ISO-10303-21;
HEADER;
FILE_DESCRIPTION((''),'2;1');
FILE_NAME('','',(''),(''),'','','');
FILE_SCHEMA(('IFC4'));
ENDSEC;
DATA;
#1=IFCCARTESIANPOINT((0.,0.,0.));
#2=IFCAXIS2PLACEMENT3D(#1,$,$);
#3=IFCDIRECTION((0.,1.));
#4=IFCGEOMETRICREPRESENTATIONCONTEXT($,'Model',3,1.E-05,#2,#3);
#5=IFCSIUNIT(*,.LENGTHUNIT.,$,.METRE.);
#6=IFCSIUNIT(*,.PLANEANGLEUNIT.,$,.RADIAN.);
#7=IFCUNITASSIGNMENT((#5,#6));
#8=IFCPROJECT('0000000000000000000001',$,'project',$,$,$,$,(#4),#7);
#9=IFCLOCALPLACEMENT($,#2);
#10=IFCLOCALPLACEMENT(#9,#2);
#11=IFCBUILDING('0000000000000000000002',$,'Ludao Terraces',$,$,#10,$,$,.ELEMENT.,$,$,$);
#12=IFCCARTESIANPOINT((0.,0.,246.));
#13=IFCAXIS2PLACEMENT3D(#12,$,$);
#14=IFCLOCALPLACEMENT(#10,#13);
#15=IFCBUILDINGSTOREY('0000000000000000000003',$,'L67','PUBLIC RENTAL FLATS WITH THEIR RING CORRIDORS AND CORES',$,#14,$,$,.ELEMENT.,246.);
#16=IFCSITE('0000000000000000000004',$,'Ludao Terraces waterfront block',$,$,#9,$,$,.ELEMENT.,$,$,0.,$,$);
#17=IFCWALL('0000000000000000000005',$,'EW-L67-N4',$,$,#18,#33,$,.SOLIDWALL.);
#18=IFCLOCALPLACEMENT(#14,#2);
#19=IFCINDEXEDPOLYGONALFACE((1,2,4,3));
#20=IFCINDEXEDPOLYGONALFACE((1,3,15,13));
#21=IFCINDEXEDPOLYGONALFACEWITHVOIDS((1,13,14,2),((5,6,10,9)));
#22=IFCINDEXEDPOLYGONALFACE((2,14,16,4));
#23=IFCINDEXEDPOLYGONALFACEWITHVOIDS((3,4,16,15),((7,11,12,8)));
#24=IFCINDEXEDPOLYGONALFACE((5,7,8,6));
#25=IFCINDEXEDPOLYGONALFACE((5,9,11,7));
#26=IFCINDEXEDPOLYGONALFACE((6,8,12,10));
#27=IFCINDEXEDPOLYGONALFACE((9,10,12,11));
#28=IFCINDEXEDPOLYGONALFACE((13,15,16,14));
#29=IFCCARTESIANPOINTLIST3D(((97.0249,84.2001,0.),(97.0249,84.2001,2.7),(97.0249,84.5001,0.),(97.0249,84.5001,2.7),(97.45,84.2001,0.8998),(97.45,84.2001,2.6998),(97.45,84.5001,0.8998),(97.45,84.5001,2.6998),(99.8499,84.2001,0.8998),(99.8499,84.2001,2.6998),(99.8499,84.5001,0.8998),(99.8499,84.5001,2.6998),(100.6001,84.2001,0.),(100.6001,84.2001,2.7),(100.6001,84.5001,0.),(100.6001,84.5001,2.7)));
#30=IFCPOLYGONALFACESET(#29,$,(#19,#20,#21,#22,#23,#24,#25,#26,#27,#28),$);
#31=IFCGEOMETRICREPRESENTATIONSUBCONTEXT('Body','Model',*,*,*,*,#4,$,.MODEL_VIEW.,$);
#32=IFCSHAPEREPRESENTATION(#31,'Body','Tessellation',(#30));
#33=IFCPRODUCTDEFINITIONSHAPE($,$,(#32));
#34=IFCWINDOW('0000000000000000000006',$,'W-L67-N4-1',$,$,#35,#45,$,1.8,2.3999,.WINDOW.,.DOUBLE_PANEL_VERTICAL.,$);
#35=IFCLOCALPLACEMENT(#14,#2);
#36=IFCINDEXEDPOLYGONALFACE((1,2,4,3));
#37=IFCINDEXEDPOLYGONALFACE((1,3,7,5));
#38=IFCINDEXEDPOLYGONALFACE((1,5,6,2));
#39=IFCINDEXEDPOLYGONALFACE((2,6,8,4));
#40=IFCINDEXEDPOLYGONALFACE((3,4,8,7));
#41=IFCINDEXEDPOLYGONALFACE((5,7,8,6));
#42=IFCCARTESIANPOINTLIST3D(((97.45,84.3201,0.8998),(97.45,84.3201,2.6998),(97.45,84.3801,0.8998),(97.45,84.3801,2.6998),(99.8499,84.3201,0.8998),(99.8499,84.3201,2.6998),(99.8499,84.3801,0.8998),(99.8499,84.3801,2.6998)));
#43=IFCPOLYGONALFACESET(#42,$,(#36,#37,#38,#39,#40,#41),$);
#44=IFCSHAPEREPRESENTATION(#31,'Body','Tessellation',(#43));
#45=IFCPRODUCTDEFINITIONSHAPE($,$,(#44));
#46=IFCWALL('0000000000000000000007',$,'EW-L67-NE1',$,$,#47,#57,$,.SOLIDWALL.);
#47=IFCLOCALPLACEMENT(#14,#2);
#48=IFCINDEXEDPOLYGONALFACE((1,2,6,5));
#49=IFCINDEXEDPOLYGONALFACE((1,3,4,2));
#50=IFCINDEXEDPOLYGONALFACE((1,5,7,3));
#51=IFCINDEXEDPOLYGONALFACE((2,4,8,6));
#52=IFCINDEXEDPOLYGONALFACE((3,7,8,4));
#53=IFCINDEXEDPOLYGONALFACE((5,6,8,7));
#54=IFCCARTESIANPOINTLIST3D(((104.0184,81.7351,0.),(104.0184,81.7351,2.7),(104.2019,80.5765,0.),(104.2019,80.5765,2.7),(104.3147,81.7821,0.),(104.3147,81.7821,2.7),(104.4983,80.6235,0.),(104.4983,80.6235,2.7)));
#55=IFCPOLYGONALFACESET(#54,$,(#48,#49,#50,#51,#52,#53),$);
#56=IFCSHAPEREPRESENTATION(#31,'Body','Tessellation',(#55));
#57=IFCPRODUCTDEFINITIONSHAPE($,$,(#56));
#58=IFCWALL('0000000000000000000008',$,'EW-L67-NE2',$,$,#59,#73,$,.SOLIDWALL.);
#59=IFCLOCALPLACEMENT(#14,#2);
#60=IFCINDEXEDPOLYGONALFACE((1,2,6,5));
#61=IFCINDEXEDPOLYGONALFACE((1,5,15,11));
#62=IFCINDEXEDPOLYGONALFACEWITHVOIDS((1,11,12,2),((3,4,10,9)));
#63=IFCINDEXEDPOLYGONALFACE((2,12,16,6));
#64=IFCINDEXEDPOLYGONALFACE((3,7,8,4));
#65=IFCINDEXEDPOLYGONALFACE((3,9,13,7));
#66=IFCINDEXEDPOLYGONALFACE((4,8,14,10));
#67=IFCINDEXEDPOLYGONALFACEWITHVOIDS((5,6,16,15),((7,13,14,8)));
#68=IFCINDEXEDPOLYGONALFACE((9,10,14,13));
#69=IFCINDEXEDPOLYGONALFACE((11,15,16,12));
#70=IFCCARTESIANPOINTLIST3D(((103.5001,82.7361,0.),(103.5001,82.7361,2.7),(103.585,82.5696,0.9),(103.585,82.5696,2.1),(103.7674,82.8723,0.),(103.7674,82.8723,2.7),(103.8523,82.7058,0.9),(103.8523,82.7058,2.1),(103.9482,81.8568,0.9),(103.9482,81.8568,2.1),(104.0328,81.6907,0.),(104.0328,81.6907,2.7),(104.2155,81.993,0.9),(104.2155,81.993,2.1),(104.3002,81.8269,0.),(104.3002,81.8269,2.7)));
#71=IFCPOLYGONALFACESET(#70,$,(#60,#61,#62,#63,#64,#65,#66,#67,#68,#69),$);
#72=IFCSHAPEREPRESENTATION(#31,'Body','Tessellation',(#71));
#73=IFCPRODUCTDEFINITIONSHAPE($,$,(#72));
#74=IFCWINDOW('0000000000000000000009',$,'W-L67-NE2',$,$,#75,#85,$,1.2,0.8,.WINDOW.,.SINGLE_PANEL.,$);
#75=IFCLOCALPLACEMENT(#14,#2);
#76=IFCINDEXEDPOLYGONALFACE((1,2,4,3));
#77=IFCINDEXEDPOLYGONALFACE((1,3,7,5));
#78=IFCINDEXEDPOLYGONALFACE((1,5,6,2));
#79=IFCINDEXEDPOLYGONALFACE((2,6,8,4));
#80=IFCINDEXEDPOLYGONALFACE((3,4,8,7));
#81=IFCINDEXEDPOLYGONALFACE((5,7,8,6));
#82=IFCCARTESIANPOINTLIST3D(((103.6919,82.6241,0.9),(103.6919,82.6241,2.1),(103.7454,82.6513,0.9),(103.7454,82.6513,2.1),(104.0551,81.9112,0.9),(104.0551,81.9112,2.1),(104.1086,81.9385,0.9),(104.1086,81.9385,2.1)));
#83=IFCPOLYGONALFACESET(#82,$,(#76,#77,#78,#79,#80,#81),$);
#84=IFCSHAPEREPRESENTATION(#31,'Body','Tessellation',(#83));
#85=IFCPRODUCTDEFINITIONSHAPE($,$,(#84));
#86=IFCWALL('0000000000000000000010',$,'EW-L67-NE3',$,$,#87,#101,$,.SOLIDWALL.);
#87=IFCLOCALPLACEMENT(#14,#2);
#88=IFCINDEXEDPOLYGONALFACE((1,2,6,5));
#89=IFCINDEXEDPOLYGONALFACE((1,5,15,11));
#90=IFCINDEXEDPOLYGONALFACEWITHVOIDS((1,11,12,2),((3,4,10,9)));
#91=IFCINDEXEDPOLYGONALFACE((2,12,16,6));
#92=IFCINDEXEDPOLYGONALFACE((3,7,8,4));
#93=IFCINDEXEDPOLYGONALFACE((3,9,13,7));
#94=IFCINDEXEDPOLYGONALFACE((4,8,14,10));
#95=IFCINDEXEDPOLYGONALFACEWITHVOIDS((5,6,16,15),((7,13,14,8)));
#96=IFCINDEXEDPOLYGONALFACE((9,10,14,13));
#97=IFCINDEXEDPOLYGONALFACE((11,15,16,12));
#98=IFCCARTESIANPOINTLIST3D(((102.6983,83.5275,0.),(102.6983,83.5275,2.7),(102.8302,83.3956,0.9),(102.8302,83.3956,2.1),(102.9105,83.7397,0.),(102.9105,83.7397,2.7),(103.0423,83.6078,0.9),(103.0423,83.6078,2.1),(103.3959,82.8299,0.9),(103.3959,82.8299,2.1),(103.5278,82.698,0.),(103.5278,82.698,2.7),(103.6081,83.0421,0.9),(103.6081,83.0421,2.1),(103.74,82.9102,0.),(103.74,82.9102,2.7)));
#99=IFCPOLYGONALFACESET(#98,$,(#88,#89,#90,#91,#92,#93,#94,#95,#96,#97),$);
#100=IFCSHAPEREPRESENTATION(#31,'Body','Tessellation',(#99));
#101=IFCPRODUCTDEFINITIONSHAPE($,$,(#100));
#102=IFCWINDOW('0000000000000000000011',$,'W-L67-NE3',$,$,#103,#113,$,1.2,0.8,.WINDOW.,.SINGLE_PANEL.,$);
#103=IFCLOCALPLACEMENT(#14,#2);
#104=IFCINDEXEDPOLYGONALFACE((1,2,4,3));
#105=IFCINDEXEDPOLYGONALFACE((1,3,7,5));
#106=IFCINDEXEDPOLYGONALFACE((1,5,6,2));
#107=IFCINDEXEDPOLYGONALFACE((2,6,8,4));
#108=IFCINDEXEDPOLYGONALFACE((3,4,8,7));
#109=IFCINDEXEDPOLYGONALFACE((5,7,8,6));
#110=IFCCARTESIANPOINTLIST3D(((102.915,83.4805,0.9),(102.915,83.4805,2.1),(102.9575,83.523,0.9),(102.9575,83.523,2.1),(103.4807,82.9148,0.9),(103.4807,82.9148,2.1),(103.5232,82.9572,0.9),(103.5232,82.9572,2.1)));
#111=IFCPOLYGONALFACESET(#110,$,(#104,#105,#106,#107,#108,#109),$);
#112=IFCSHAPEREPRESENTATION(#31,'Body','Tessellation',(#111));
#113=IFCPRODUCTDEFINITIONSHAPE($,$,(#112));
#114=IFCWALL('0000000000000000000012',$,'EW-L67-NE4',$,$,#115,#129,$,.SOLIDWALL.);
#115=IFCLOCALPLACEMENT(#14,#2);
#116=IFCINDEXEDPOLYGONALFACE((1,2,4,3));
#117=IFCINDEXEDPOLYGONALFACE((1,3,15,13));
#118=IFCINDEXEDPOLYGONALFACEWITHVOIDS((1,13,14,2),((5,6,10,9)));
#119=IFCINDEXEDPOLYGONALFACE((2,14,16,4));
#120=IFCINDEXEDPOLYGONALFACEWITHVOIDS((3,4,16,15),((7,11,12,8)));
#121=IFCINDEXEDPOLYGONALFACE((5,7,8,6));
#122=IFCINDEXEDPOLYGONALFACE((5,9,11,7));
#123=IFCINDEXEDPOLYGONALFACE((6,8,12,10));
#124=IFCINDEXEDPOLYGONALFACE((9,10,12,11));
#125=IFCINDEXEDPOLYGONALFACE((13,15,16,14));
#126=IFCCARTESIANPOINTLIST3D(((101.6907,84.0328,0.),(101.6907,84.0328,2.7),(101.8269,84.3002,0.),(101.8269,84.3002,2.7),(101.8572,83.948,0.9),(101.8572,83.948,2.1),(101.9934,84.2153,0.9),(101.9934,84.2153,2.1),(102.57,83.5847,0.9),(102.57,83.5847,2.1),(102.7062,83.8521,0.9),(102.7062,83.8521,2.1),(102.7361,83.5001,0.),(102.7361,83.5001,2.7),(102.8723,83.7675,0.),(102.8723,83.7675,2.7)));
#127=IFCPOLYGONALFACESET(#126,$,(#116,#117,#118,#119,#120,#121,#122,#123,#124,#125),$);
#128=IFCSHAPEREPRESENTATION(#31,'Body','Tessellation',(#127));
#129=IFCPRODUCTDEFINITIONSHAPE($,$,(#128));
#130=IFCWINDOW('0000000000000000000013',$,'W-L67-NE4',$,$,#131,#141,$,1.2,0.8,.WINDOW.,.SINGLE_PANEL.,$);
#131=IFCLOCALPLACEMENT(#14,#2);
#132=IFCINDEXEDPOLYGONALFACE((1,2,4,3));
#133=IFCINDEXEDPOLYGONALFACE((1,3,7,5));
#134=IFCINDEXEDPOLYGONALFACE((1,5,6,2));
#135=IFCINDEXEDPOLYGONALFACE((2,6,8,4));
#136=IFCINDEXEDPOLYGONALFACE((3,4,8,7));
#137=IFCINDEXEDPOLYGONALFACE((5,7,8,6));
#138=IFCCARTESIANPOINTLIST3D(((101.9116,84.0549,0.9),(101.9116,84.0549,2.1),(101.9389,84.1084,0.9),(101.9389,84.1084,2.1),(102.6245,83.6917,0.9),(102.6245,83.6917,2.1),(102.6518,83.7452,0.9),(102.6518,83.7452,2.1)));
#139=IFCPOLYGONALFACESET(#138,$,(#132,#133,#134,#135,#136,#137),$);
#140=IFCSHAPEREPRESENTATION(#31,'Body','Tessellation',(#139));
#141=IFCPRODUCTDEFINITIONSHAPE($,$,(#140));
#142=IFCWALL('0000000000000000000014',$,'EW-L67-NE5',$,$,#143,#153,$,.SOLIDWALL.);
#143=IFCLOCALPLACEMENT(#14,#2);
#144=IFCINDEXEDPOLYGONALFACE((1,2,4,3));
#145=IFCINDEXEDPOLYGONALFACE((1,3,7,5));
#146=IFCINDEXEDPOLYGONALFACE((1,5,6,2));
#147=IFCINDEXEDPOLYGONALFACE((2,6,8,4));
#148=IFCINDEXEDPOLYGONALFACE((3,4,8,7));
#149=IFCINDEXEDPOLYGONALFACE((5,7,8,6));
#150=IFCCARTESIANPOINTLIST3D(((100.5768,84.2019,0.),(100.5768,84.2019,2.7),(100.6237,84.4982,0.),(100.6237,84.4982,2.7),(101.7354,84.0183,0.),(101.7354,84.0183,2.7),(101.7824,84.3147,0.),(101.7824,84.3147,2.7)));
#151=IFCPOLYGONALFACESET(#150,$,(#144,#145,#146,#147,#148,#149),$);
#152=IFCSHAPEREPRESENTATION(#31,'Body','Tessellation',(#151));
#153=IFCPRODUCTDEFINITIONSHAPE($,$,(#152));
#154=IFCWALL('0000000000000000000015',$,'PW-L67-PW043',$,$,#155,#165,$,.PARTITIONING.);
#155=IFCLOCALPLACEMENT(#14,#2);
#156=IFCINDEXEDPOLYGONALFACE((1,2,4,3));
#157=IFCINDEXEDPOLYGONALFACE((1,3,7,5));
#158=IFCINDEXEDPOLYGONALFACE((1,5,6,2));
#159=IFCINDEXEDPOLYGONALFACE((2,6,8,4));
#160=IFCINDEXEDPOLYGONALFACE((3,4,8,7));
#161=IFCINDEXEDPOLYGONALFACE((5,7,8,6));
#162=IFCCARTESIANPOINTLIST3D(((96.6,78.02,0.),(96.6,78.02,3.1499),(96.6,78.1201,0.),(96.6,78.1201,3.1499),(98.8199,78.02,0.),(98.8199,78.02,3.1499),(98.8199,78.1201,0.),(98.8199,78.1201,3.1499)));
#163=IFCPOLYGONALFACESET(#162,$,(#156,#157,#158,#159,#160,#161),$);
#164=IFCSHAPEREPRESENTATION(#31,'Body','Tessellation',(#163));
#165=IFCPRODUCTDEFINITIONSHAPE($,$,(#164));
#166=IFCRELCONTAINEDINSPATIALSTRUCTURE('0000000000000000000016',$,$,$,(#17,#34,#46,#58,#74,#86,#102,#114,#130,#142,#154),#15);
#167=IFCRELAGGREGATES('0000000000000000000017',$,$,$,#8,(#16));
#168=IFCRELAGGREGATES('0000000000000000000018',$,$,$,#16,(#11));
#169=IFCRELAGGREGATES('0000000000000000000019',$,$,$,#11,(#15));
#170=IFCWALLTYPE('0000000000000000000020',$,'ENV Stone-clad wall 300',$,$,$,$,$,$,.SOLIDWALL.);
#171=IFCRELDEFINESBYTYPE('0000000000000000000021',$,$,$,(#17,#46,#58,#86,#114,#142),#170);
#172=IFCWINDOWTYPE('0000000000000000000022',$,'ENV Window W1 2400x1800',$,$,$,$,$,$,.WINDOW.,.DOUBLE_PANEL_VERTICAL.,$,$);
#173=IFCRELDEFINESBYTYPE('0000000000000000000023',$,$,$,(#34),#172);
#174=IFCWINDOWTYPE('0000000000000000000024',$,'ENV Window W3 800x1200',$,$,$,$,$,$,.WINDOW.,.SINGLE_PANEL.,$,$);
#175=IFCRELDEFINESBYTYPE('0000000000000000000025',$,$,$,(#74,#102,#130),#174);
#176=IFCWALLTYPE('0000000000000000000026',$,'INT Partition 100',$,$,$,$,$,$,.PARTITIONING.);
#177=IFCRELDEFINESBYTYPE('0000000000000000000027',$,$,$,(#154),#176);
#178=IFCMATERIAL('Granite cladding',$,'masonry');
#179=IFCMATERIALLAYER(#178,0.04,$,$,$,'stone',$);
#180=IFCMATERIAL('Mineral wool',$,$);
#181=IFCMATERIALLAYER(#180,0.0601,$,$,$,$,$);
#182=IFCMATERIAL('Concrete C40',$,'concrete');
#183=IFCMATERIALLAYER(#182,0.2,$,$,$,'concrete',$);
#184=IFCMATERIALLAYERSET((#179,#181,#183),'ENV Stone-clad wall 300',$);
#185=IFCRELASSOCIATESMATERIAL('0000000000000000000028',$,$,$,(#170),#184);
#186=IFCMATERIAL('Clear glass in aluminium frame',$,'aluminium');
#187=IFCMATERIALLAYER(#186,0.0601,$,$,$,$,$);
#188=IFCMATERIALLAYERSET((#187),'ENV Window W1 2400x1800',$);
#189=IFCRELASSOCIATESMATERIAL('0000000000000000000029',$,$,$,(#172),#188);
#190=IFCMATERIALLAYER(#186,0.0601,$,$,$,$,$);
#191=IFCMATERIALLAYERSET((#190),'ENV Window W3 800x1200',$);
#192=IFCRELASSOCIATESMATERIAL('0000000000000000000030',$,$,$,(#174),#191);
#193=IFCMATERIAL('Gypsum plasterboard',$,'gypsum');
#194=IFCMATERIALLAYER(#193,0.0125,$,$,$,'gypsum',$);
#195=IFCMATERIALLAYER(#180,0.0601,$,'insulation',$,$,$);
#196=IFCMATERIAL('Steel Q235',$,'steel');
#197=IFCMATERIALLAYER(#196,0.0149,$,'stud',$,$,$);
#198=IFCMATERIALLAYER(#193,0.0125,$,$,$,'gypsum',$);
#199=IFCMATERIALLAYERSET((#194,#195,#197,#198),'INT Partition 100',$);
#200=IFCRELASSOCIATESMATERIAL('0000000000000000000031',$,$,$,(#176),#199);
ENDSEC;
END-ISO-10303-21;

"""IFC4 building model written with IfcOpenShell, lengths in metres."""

from ifc_helpers import new_model, si_unit, direction, frame, frame_2d, origin, place, context, subcontext, project, spatial, rectangle, extrude, material, layer, layer_set, type_object, element, fill, save


model = new_model("IFC4")

# Units and contexts
model_context = context("Model", 3, precision=1e-05, world=origin(), true_north=direction((0.0, 1.0)))
body_context = subcontext(model_context, "Body", "Model", "MODEL_VIEW")
ifc_project = project(units=[si_unit("LENGTHUNIT", "METRE"), si_unit("PLANEANGLEUNIT", "RADIAN")], contexts=[model_context])

# Site, building, storey
site_placement = place(None, origin())
site = spatial("IfcSite", under=ifc_project, at=site_placement, Name="Ludao Terraces waterfront block", CompositionType="ELEMENT", RefElevation=0.0)
building_placement = place(site_placement, origin())
building = spatial("IfcBuilding", under=site, at=building_placement, Name="Ludao Terraces", CompositionType="ELEMENT")
storey_placement = place(building_placement, frame((0.0, 0.0, 246.0)))
storey = spatial("IfcBuildingStorey", under=building, at=storey_placement, Name="L67", Description="PUBLIC RENTAL FLATS WITH THEIR RING CORRIDORS AND CORES", CompositionType="ELEMENT", Elevation=246.0)

# Shared definitions
ifc_material_1 = material(Name="Concrete C40", Category="concrete")

# Shared definitions
ifc_material_2 = material(Name="Steel Q235", Category="steel")

# Shared definitions
ifc_material_3 = material(Name="Granite cladding", Category="masonry")
ifc_layer_1 = layer(ifc_material_3, 0.04, Category="stone")
ifc_material_4 = material(Name="Mineral wool")
ifc_layer_2 = layer(ifc_material_4, 0.0601)
ifc_layer_3 = layer(ifc_material_1, 0.2, Category="concrete")
ifc_layer_set_1 = layer_set([ifc_layer_1, ifc_layer_2, ifc_layer_3], Name="ENV Stone-clad wall 300")
wall_type_1 = type_object("IfcWallType", Name="ENV Stone-clad wall 300", PredefinedType="SOLIDWALL", material=ifc_layer_set_1)
ifc_material_5 = material(Name="Clear glass in aluminium frame", Category="aluminium")
ifc_layer_4 = layer(ifc_material_5, 0.0601)
ifc_layer_set_2 = layer_set([ifc_layer_4], Name="ENV Window W1 2400x1800")
window_type_1 = type_object("IfcWindowType", Name="ENV Window W1 2400x1800", PartitioningType="DOUBLE_PANEL_VERTICAL", PredefinedType="WINDOW", material=ifc_layer_set_2)

# Wall, opening, window
wall_1_placement = place(storey_placement, frame((97.0249, 84.3501, 0.0), z_axis=(0.0, 0.0, 1.0), x_axis=(1.0, 0.0, 0.0)))
wall_1 = element("IfcWall", 1, at=wall_1_placement, inside=storey, type_object=wall_type_1, Name="EW-L67-N4", PredefinedType="SOLIDWALL", context=body_context, shape_type="SweptSolid", body=[
    extrude(rectangle(XDim=3.5752, YDim=0.3, at=frame_2d((1.7876, 0.0))), origin(), (0.0, 0.0, 1.0), 2.7),
])
opening_1_placement = place(wall_1_placement, frame((0.425, 0.0, 0.8999)))
opening_1 = element("IfcOpeningElement", 2, at=opening_1_placement, cuts=wall_1, PredefinedType="OPENING", context=body_context, shape_type="SweptSolid", body=[
    extrude(rectangle(XDim=2.3999, YDim=1.8, at=frame_2d((1.2, 0.8999))), frame((0.0, 0.1602, 0.0), z_axis=(0.0, -1.0, 0.0), x_axis=(1.0, 0.0, 0.0)), (0.0, 0.0, 1.0), 0.3201),
])
window_1_placement = place(opening_1_placement, origin())
window_1 = element("IfcWindow", 3, at=window_1_placement, inside=storey, type_object=window_type_1, Name="W-L67-N4-1", OverallHeight=1.8, OverallWidth=2.3999, PartitioningType="DOUBLE_PANEL_VERTICAL", PredefinedType="WINDOW", context=body_context, shape_type="SweptSolid", body=[
    extrude(rectangle(XDim=2.3999, YDim=1.8, at=frame_2d((1.2, 0.8999))), frame((0.0, 0.03, 0.0), z_axis=(0.0, -1.0, 0.0), x_axis=(1.0, 0.0, 0.0)), (0.0, 0.0, 1.0), 0.0601),
])
fill(opening_1, window_1)

# Wall
wall_2_placement = place(storey_placement, frame((104.3501, 80.6001, 0.0), z_axis=(0.0, 0.0, 1.0), x_axis=(-0.156497, 0.987678, 0.0)))
element("IfcWall", 4, at=wall_2_placement, inside=storey, type_object=wall_type_1, Name="EW-L67-NE1", PredefinedType="SOLIDWALL", context=body_context, shape_type="SweptSolid", body=[
    extrude(rectangle(XDim=1.1731, YDim=0.3, at=frame_2d((0.5864, 0.0))), origin(), (0.0, 0.0, 1.0), 2.7),
])

# Walls, openings, windows
wall_3_placement = place(storey_placement, frame((104.1665, 81.7588, 0.0), z_axis=(0.0, 0.0, 1.0), x_axis=(-0.454026, 0.890989, 0.0)))
wall_3 = element("IfcWall", 5, at=wall_3_placement, inside=storey, type_object=wall_type_1, Name="EW-L67-NE2", PredefinedType="SOLIDWALL", context=body_context, shape_type="SweptSolid", body=[
    extrude(rectangle(XDim=1.1733, YDim=0.3, at=frame_2d((0.5867, 0.0))), origin(), (0.0, 0.0, 1.0), 2.7),
])
opening_2_placement = place(wall_3_placement, frame((0.1865, 0.0, 0.8999)))
opening_2 = element("IfcOpeningElement", 6, at=opening_2_placement, cuts=wall_3, PredefinedType="OPENING", context=body_context, shape_type="SweptSolid", body=[
    extrude(rectangle(XDim=0.8, YDim=1.2, at=frame_2d((0.3999, 0.6001))), frame((0.0, 0.1602, 0.0), z_axis=(0.0, -1.0, 0.0), x_axis=(1.0, 0.0, 0.0)), (0.0, 0.0, 1.0), 0.3201),
])
ifc_layer_5 = layer(ifc_material_5, 0.0601)
ifc_layer_set_3 = layer_set([ifc_layer_5], Name="ENV Window W3 800x1200")
window_type_2 = type_object("IfcWindowType", Name="ENV Window W3 800x1200", PartitioningType="SINGLE_PANEL", PredefinedType="WINDOW", material=ifc_layer_set_3)
window_2_placement = place(opening_2_placement, origin())
window_2 = element("IfcWindow", 7, at=window_2_placement, inside=storey, type_object=window_type_2, Name="W-L67-NE2", OverallHeight=1.2, OverallWidth=0.8, PartitioningType="SINGLE_PANEL", PredefinedType="WINDOW", context=body_context, shape_type="SweptSolid", body=[
    extrude(rectangle(XDim=0.8, YDim=1.2, at=frame_2d((0.3999, 0.6001))), frame((0.0, 0.03, 0.0), z_axis=(0.0, -1.0, 0.0), x_axis=(1.0, 0.0, 0.0)), (0.0, 0.0, 1.0), 0.0601),
])
fill(opening_2, window_2)
wall_4_placement = place(storey_placement, frame((103.6338, 82.8042, 0.0), z_axis=(0.0, 0.0, 1.0), x_axis=(-0.707107, 0.707107, 0.0)))
wall_4 = element("IfcWall", 8, at=wall_4_placement, inside=storey, type_object=wall_type_1, Name="EW-L67-NE3", PredefinedType="SOLIDWALL", context=body_context, shape_type="SweptSolid", body=[
    extrude(rectangle(XDim=1.1731, YDim=0.3, at=frame_2d((0.5864, 0.0))), origin(), (0.0, 0.0, 1.0), 2.7),
])
opening_3_placement = place(wall_4_placement, frame((0.1865, 0.0, 0.8999)))
opening_3 = element("IfcOpeningElement", 9, at=opening_3_placement, cuts=wall_4, PredefinedType="OPENING", context=body_context, shape_type="SweptSolid", body=[
    extrude(rectangle(XDim=0.8, YDim=1.2, at=frame_2d((0.3999, 0.6001))), frame((0.0, 0.1602, 0.0), z_axis=(0.0, -1.0, 0.0), x_axis=(1.0, 0.0, 0.0)), (0.0, 0.0, 1.0), 0.3201),
])
window_3_placement = place(opening_3_placement, origin())
window_3 = element("IfcWindow", 10, at=window_3_placement, inside=storey, type_object=window_type_2, Name="W-L67-NE3", OverallHeight=1.2, OverallWidth=0.8, PartitioningType="SINGLE_PANEL", PredefinedType="WINDOW", context=body_context, shape_type="SweptSolid", body=[
    extrude(rectangle(XDim=0.8, YDim=1.2, at=frame_2d((0.3999, 0.6001))), frame((0.0, 0.03, 0.0), z_axis=(0.0, -1.0, 0.0), x_axis=(1.0, 0.0, 0.0)), (0.0, 0.0, 1.0), 0.0601),
])
fill(opening_3, window_3)
wall_5_placement = place(storey_placement, frame((102.8042, 83.6338, 0.0), z_axis=(0.0, 0.0, 1.0), x_axis=(-0.890989, 0.454026, 0.0)))
wall_5 = element("IfcWall", 11, at=wall_5_placement, inside=storey, type_object=wall_type_1, Name="EW-L67-NE4", PredefinedType="SOLIDWALL", context=body_context, shape_type="SweptSolid", body=[
    extrude(rectangle(XDim=1.1733, YDim=0.3, at=frame_2d((0.5867, 0.0))), origin(), (0.0, 0.0, 1.0), 2.7),
])
opening_4_placement = place(wall_5_placement, frame((0.1865, 0.0, 0.8999)))
opening_4 = element("IfcOpeningElement", 12, at=opening_4_placement, cuts=wall_5, PredefinedType="OPENING", context=body_context, shape_type="SweptSolid", body=[
    extrude(rectangle(XDim=0.8, YDim=1.2, at=frame_2d((0.3999, 0.6001))), frame((0.0, 0.1602, 0.0), z_axis=(0.0, -1.0, 0.0), x_axis=(1.0, 0.0, 0.0)), (0.0, 0.0, 1.0), 0.3201),
])
window_4_placement = place(opening_4_placement, origin())
window_4 = element("IfcWindow", 13, at=window_4_placement, inside=storey, type_object=window_type_2, Name="W-L67-NE4", OverallHeight=1.2, OverallWidth=0.8, PartitioningType="SINGLE_PANEL", PredefinedType="WINDOW", context=body_context, shape_type="SweptSolid", body=[
    extrude(rectangle(XDim=0.8, YDim=1.2, at=frame_2d((0.3999, 0.6001))), frame((0.0, 0.03, 0.0), z_axis=(0.0, -1.0, 0.0), x_axis=(1.0, 0.0, 0.0)), (0.0, 0.0, 1.0), 0.0601),
])
fill(opening_4, window_4)

# Walls
wall_6_placement = place(storey_placement, frame((101.7588, 84.1665, 0.0), z_axis=(0.0, 0.0, 1.0), x_axis=(-0.987678, 0.156497, 0.0)))
element("IfcWall", 14, at=wall_6_placement, inside=storey, type_object=wall_type_1, Name="EW-L67-NE5", PredefinedType="SOLIDWALL", context=body_context, shape_type="SweptSolid", body=[
    extrude(rectangle(XDim=1.1731, YDim=0.3, at=frame_2d((0.5864, 0.0))), origin(), (0.0, 0.0, 1.0), 2.7),
])
ifc_material_6 = material(Name="Gypsum plasterboard", Category="gypsum")
ifc_layer_6 = layer(ifc_material_6, 0.0125, Category="gypsum")
ifc_layer_7 = layer(ifc_material_4, 0.0601, Name="insulation")
ifc_layer_8 = layer(ifc_material_2, 0.0149, Name="stud")
ifc_layer_9 = layer(ifc_material_6, 0.0125, Category="gypsum")
ifc_layer_set_4 = layer_set([ifc_layer_6, ifc_layer_7, ifc_layer_8, ifc_layer_9], Name="INT Partition 100")
wall_type_2 = type_object("IfcWallType", Name="INT Partition 100", PredefinedType="PARTITIONING", material=ifc_layer_set_4)
wall_7_placement = place(storey_placement, frame((96.6001, 78.0701, 0.0), z_axis=(0.0, 0.0, 1.0), x_axis=(1.0, 0.0, 0.0)))
element("IfcWall", 15, at=wall_7_placement, inside=storey, type_object=wall_type_2, Name="PW-L67-PW043", PredefinedType="PARTITIONING", context=body_context, shape_type="SweptSolid", body=[
    extrude(rectangle(XDim=2.22, YDim=0.1001, at=frame_2d((1.1099, 0.0))), origin(), (0.0, 0.0, 1.0), 3.1499),
])

save(model, "model.ifc")
